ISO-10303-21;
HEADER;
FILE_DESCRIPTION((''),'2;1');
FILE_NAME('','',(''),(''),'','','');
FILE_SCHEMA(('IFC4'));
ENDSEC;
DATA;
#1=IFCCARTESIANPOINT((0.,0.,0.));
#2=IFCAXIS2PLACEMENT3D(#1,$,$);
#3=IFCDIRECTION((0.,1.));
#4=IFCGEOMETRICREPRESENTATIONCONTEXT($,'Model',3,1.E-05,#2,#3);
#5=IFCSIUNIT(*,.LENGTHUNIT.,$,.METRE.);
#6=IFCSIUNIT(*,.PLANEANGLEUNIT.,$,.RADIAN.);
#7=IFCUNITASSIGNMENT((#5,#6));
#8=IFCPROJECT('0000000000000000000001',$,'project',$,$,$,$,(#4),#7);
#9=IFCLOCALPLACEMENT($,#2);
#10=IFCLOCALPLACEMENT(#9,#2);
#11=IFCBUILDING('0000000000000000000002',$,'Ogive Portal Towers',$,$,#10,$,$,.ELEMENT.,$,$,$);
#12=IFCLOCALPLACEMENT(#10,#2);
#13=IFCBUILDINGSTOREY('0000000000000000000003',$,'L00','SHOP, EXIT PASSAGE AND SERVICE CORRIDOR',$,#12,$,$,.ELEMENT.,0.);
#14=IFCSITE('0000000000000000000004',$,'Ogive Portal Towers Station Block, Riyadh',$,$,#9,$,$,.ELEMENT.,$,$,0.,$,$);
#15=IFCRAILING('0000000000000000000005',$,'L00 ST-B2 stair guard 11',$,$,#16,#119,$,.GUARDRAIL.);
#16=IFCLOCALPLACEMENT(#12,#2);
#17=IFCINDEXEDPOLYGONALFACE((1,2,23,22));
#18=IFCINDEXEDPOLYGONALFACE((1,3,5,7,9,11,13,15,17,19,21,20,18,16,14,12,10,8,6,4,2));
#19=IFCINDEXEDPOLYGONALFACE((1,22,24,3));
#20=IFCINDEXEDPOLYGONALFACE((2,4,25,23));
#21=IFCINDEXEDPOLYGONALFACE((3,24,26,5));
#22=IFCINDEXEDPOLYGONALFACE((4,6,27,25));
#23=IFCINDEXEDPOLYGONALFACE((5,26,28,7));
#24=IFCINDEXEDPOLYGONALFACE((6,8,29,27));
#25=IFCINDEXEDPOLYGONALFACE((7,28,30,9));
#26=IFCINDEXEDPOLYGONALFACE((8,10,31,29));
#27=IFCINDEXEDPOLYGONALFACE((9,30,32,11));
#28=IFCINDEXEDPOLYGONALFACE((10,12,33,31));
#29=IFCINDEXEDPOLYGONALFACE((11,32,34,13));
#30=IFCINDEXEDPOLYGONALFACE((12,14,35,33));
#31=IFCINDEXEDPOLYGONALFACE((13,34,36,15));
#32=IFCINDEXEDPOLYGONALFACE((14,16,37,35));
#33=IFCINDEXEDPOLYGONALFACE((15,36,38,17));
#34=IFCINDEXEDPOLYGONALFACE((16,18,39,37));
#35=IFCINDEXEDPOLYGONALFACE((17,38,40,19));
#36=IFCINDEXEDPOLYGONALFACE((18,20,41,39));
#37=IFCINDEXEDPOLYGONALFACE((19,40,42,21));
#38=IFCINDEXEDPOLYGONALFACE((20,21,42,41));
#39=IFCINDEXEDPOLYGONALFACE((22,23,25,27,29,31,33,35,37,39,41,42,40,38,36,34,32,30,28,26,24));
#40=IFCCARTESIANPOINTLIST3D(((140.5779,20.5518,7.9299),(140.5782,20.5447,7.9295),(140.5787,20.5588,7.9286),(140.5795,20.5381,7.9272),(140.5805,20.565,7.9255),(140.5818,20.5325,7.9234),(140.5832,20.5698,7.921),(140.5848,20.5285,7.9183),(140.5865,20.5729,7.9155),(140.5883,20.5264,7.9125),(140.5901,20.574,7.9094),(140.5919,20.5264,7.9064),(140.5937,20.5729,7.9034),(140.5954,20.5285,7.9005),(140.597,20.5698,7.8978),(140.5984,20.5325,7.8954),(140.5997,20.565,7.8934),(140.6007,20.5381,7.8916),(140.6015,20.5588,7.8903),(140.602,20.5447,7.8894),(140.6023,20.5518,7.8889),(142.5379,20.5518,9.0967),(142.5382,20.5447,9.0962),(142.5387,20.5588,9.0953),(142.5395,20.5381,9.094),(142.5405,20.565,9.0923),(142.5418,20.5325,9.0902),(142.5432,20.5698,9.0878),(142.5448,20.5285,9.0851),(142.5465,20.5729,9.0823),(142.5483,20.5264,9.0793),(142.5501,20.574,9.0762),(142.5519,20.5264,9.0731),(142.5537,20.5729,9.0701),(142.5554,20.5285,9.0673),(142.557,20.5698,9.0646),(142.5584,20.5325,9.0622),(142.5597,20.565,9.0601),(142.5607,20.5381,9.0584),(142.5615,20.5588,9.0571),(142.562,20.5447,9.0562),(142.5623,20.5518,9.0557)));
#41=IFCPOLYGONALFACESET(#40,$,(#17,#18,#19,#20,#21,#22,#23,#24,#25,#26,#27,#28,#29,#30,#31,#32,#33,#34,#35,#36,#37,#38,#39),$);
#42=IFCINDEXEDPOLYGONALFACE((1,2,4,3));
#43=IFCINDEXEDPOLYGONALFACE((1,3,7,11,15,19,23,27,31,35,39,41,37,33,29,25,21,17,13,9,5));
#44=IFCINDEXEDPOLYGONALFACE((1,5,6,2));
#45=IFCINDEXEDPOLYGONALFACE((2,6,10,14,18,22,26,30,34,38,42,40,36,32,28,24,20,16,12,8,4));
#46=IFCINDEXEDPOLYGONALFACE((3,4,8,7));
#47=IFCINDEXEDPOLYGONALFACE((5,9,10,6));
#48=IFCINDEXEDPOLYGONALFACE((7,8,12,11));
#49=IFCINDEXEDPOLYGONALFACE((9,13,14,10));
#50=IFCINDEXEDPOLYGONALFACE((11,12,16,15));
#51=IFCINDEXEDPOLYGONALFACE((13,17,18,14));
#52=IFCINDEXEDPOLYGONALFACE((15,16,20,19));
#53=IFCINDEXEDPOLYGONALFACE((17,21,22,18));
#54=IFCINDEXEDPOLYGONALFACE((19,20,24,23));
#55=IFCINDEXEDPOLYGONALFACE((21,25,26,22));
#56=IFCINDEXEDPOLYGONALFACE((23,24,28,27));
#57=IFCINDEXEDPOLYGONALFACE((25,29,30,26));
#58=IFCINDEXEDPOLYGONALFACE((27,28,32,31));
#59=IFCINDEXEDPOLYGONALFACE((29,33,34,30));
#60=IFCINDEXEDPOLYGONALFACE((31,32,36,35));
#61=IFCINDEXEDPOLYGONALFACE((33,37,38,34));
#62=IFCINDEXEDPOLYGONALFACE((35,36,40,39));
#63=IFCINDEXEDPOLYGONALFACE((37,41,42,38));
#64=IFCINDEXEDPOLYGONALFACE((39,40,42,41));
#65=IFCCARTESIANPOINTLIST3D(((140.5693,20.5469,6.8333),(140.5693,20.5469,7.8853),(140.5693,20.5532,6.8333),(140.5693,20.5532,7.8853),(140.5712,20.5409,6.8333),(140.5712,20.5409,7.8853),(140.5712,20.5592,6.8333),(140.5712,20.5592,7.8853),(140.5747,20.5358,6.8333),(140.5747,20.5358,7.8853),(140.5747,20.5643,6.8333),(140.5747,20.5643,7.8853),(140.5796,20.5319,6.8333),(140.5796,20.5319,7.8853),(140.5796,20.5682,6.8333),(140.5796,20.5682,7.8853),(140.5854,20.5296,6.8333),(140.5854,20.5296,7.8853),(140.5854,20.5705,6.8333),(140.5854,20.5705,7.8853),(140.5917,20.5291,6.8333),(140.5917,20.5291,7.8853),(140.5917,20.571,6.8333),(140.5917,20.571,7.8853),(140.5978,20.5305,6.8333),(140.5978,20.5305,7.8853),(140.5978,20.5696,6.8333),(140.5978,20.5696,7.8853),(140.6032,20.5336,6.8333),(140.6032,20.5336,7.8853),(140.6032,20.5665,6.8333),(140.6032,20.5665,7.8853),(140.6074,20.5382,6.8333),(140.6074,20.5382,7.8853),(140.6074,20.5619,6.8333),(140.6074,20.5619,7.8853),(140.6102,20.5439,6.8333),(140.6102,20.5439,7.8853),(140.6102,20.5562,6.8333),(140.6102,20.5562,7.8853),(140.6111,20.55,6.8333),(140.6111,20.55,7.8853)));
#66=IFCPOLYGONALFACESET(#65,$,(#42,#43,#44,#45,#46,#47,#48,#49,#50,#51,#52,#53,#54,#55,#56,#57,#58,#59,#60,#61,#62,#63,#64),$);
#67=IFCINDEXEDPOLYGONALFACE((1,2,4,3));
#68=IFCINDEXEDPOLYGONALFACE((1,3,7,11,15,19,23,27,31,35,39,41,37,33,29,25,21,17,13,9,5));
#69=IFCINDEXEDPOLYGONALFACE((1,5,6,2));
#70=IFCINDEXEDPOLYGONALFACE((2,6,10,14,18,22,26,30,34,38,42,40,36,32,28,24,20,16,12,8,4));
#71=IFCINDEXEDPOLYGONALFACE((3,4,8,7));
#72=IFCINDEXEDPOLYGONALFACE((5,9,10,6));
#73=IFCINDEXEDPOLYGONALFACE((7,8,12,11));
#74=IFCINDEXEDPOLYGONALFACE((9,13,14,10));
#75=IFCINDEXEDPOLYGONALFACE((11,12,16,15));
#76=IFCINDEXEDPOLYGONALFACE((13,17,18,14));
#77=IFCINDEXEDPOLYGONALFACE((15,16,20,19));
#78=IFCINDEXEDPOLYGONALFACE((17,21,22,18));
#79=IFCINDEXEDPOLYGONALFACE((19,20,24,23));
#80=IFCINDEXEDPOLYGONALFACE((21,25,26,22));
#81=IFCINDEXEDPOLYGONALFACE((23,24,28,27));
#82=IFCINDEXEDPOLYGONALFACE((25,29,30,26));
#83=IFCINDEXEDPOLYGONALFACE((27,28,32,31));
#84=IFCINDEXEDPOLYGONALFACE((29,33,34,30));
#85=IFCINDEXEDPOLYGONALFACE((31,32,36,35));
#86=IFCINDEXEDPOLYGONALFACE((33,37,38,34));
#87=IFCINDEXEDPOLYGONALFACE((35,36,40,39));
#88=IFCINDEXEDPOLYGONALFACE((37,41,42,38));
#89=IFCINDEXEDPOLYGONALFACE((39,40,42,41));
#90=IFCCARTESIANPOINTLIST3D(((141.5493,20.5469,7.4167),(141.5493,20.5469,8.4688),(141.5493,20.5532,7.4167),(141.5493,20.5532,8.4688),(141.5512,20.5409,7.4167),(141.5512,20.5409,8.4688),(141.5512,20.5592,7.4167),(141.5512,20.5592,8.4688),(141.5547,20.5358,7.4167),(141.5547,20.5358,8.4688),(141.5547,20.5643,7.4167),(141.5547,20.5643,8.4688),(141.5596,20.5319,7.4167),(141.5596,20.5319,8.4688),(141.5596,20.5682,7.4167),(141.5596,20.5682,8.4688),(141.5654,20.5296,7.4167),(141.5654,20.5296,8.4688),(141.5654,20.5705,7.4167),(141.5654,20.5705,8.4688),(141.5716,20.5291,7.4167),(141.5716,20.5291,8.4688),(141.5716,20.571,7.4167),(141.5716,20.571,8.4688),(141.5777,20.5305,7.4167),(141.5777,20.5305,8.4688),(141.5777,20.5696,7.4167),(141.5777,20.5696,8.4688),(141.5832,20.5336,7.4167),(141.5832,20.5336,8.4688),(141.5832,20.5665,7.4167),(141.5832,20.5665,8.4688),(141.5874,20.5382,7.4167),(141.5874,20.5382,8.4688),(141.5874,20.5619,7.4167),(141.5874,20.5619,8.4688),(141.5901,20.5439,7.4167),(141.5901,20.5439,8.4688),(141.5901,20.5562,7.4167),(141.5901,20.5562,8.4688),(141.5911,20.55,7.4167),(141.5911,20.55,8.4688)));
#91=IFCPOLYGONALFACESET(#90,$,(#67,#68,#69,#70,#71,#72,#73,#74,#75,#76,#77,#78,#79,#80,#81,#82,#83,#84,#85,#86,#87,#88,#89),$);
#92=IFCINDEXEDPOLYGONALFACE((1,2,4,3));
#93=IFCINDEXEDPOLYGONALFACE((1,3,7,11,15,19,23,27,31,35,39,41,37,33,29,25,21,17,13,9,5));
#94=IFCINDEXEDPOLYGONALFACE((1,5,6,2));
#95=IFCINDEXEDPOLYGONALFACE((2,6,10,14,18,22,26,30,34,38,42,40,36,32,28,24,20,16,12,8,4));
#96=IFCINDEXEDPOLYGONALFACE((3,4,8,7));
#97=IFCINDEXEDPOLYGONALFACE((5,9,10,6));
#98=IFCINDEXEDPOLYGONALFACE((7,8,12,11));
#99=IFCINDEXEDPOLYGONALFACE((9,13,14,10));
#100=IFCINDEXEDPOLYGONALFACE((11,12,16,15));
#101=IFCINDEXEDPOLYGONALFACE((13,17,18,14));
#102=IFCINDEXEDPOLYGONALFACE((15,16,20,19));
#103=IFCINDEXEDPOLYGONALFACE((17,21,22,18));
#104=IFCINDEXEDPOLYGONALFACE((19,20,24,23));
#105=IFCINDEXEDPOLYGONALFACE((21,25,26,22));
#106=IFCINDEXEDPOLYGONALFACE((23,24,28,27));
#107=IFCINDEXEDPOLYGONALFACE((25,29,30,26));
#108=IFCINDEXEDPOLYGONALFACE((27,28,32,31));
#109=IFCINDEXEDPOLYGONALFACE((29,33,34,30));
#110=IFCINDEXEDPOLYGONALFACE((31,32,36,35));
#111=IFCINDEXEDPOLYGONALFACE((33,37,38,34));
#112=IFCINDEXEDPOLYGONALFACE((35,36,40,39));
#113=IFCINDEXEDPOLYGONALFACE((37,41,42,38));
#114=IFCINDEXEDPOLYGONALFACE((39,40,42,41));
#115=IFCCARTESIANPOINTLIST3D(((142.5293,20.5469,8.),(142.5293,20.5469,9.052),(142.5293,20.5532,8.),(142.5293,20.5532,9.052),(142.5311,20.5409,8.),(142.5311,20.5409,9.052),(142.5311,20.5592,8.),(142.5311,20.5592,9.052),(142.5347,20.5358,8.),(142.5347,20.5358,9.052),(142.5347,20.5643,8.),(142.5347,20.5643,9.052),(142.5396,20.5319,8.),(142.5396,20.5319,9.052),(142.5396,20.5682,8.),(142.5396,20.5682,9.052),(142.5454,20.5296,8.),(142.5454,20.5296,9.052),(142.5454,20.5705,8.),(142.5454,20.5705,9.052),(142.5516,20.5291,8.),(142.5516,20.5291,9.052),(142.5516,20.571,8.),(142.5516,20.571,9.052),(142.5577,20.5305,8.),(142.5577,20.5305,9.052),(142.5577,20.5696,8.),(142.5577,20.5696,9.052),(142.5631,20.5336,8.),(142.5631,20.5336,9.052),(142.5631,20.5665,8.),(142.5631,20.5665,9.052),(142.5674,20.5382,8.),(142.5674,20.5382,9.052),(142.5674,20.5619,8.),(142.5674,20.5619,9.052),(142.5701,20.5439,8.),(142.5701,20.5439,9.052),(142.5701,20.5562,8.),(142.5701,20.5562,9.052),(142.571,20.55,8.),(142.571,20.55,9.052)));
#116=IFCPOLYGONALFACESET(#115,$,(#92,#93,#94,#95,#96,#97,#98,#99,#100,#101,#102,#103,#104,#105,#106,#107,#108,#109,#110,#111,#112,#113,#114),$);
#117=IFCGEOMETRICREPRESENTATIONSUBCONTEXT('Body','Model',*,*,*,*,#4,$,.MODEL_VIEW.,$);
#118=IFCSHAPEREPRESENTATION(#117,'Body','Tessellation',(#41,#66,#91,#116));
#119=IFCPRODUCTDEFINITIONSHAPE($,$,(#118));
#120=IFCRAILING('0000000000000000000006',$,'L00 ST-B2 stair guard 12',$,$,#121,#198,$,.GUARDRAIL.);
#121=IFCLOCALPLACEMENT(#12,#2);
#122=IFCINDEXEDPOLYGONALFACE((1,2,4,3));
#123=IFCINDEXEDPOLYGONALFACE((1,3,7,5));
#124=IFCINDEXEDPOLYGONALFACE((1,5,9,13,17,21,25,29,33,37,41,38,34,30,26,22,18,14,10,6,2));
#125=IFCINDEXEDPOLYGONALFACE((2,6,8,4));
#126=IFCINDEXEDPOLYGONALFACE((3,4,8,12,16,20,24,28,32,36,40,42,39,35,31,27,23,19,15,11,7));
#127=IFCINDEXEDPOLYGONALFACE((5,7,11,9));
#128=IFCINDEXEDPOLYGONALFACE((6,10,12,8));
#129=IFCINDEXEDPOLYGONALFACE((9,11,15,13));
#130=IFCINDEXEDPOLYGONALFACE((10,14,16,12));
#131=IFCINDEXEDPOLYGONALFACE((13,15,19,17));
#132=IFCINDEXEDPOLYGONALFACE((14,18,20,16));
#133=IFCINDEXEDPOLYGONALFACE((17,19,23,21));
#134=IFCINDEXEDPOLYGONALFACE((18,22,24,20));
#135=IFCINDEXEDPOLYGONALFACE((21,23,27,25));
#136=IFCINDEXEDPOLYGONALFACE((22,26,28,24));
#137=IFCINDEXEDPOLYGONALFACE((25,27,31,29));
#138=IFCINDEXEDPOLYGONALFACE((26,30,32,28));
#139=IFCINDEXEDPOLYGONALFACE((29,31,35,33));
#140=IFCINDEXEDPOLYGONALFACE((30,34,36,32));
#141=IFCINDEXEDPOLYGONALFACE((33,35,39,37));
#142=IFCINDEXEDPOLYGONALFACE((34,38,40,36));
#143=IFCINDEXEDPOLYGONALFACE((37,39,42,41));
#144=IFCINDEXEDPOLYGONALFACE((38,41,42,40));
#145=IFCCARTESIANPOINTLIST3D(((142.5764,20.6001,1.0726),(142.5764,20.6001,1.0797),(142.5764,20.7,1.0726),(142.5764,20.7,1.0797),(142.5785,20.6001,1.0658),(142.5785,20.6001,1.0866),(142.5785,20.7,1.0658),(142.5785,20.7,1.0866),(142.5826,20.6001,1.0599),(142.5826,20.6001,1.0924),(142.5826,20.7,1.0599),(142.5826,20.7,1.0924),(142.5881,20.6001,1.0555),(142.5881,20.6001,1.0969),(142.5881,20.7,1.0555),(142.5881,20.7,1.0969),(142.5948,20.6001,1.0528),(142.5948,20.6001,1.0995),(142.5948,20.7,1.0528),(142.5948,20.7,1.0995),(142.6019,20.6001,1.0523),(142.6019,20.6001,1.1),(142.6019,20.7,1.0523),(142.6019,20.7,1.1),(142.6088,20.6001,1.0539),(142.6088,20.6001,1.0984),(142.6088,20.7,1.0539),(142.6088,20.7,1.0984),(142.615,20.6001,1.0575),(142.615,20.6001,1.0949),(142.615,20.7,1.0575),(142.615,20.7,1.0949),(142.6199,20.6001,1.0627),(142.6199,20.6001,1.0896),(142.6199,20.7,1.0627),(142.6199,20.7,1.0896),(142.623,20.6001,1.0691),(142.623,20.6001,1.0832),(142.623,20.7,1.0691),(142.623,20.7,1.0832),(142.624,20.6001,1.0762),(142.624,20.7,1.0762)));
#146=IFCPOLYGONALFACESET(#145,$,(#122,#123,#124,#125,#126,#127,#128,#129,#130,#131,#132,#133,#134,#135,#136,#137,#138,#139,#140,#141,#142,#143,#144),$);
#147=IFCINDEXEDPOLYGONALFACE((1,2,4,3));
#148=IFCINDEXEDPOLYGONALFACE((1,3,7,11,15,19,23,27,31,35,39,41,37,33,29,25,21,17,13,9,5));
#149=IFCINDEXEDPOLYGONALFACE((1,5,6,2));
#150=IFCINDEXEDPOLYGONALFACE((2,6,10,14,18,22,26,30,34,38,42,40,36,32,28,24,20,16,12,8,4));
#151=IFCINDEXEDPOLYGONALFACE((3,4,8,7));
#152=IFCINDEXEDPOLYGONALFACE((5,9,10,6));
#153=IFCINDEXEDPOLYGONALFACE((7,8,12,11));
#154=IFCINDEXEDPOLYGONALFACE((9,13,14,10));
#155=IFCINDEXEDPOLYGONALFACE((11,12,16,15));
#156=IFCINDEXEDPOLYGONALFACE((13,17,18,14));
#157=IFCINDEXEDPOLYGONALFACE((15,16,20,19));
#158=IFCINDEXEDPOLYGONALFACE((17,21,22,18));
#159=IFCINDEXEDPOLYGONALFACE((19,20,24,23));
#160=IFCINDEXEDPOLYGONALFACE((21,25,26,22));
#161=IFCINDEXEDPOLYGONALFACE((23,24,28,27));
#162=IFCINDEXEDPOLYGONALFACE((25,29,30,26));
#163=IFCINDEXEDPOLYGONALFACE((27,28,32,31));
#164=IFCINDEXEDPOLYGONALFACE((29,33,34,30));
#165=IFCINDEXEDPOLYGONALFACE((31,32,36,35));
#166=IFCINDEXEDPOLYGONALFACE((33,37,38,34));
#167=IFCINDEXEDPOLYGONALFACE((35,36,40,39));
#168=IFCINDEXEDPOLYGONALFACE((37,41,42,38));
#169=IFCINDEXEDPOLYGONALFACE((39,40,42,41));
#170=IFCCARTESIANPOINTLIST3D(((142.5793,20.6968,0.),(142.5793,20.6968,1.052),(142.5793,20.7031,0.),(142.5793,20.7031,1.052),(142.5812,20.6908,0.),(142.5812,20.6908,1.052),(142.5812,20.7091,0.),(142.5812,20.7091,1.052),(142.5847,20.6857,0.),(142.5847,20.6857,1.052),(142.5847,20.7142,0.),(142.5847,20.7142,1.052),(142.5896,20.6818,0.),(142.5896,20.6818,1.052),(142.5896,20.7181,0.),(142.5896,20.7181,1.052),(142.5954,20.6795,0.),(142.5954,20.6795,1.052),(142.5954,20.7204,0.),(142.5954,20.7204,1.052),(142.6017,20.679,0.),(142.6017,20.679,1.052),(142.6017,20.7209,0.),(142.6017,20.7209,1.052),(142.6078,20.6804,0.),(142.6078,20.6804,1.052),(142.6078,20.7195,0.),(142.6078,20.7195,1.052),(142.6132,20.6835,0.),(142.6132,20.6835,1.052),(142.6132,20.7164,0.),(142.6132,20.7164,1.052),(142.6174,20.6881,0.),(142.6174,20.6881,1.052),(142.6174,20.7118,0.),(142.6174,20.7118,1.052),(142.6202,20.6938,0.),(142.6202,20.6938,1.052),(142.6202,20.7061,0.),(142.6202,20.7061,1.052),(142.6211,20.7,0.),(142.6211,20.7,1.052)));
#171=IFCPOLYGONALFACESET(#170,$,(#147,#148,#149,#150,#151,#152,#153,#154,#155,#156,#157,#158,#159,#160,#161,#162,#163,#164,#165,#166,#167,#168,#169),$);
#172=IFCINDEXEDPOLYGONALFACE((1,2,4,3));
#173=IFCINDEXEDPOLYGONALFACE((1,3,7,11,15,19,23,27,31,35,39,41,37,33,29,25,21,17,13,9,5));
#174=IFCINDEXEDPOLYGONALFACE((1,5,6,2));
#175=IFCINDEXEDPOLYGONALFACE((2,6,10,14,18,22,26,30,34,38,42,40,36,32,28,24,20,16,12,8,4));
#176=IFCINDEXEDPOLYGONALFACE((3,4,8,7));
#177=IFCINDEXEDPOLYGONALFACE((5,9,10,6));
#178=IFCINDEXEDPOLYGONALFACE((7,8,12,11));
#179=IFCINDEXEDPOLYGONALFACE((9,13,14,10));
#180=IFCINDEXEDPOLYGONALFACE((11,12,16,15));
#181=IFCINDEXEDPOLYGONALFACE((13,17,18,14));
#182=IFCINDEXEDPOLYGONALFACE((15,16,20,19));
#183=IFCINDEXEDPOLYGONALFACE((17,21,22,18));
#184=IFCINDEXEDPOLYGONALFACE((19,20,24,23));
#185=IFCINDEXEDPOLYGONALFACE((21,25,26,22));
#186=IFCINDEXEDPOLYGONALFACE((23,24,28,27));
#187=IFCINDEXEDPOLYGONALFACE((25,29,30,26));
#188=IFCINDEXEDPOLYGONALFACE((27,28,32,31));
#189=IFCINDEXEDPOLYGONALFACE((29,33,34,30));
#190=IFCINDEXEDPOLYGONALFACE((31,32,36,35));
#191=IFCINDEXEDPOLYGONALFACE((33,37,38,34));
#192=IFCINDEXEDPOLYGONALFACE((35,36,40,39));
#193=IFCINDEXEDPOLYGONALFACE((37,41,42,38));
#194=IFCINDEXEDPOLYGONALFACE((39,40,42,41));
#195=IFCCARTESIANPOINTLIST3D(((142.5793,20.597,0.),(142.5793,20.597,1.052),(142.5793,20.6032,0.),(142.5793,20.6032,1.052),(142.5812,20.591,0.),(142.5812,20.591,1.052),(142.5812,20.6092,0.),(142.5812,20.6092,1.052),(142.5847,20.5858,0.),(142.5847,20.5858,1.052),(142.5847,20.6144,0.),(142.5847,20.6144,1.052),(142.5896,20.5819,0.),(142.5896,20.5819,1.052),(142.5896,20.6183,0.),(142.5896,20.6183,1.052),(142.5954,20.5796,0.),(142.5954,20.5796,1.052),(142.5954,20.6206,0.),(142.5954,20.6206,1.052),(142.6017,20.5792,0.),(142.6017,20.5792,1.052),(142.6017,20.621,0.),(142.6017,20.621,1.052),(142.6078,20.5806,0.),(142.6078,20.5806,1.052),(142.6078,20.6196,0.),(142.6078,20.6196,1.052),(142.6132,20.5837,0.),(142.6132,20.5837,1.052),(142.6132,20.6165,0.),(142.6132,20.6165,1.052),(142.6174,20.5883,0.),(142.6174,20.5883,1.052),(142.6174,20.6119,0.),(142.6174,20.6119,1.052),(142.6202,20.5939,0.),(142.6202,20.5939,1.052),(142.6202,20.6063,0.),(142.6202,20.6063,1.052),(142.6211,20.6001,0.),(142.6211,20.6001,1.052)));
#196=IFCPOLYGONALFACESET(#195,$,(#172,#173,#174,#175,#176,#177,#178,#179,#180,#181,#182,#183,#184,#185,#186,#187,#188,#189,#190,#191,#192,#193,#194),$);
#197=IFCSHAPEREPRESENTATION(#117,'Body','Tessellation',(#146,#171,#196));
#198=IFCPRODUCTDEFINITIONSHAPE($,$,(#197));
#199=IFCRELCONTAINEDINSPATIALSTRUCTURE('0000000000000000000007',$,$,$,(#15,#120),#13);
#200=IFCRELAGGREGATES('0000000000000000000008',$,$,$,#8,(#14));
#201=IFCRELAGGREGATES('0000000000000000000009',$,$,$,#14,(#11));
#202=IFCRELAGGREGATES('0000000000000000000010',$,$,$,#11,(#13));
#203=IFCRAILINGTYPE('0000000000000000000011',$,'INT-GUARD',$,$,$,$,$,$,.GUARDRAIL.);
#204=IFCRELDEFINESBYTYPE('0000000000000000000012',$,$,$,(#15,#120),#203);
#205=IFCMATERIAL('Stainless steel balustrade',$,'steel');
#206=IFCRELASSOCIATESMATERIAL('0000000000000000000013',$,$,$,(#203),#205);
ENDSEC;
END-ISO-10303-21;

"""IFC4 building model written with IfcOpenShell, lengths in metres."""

from ifc_helpers import new_model, si_unit, direction, frame, origin, origin_2d, place, context, subcontext, project, spatial, circle, extrude, material, type_object, element, save


model = new_model("IFC4")

# Units and contexts
model_context = context("Model", 3, precision=1e-05, world=origin(), true_north=direction((0.0, 1.0)))
body_context = subcontext(model_context, "Body", "Model", "MODEL_VIEW")
ifc_project = project(units=[si_unit("LENGTHUNIT", "METRE"), si_unit("PLANEANGLEUNIT", "RADIAN")], contexts=[model_context])

# Site, building, storey
site_placement = place(None, origin())
site = spatial("IfcSite", under=ifc_project, at=site_placement, Name="Ogive Portal Towers Station Block, Riyadh", CompositionType="ELEMENT", RefElevation=0.0)
building_placement = place(site_placement, origin())
building = spatial("IfcBuilding", under=site, at=building_placement, Name="Ogive Portal Towers", CompositionType="ELEMENT")
storey_placement = place(building_placement, origin())
storey = spatial("IfcBuildingStorey", under=building, at=storey_placement, Name="L00", Description="SHOP, EXIT PASSAGE AND SERVICE CORRIDOR", CompositionType="ELEMENT", Elevation=0.0)

# Railings
ifc_material_1 = material(Name="Stainless steel balustrade", Category="steel")
railing_type_1 = type_object("IfcRailingType", Name="INT-GUARD", PredefinedType="GUARDRAIL", material=ifc_material_1)
railing_1_placement = place(storey_placement, frame((140.5901, 20.55, 6.8333)))
element("IfcRailing", 1, at=railing_1_placement, inside=storey, type_object=railing_type_1, Name="L00 ST-B2 stair guard 11", PredefinedType="GUARDRAIL", context=body_context, shape_type="SweptSolid", body=[
    extrude(circle(Radius=0.0239, at=origin_2d()), frame((0.0, 0.0, 1.0762), z_axis=(0.859273, 0.0, 0.511518), x_axis=(0.0, 1.0, 0.0)), (0.0, 0.0, 1.0), 2.281),
    extrude(circle(Radius=0.021, at=origin_2d()), origin(), (0.0, 0.0, 1.0), 1.052),
    extrude(circle(Radius=0.021, at=origin_2d()), frame((0.98, 0.0, 0.5835)), (0.0, 0.0, 1.0), 1.052),
    extrude(circle(Radius=0.021, at=origin_2d()), frame((1.96, 0.0, 1.1667)), (0.0, 0.0, 1.0), 1.052),
])
railing_2_placement = place(storey_placement, frame((142.6001, 20.7, 0.0)))
element("IfcRailing", 2, at=railing_2_placement, inside=storey, type_object=railing_type_1, Name="L00 ST-B2 stair guard 12", PredefinedType="GUARDRAIL", context=body_context, shape_type="SweptSolid", body=[
    extrude(circle(Radius=0.0239, at=origin_2d()), frame((0.0, 0.0, 1.0762), z_axis=(0.0, -1.0, 0.0), x_axis=(1.0, 0.0, 0.0)), (0.0, 0.0, 1.0), 0.0999),
    extrude(circle(Radius=0.021, at=origin_2d()), origin(), (0.0, 0.0, 1.0), 1.052),
    extrude(circle(Radius=0.021, at=origin_2d()), frame((0.0, -0.0999, 0.0)), (0.0, 0.0, 1.0), 1.052),
])

save(model, "model.ifc")
